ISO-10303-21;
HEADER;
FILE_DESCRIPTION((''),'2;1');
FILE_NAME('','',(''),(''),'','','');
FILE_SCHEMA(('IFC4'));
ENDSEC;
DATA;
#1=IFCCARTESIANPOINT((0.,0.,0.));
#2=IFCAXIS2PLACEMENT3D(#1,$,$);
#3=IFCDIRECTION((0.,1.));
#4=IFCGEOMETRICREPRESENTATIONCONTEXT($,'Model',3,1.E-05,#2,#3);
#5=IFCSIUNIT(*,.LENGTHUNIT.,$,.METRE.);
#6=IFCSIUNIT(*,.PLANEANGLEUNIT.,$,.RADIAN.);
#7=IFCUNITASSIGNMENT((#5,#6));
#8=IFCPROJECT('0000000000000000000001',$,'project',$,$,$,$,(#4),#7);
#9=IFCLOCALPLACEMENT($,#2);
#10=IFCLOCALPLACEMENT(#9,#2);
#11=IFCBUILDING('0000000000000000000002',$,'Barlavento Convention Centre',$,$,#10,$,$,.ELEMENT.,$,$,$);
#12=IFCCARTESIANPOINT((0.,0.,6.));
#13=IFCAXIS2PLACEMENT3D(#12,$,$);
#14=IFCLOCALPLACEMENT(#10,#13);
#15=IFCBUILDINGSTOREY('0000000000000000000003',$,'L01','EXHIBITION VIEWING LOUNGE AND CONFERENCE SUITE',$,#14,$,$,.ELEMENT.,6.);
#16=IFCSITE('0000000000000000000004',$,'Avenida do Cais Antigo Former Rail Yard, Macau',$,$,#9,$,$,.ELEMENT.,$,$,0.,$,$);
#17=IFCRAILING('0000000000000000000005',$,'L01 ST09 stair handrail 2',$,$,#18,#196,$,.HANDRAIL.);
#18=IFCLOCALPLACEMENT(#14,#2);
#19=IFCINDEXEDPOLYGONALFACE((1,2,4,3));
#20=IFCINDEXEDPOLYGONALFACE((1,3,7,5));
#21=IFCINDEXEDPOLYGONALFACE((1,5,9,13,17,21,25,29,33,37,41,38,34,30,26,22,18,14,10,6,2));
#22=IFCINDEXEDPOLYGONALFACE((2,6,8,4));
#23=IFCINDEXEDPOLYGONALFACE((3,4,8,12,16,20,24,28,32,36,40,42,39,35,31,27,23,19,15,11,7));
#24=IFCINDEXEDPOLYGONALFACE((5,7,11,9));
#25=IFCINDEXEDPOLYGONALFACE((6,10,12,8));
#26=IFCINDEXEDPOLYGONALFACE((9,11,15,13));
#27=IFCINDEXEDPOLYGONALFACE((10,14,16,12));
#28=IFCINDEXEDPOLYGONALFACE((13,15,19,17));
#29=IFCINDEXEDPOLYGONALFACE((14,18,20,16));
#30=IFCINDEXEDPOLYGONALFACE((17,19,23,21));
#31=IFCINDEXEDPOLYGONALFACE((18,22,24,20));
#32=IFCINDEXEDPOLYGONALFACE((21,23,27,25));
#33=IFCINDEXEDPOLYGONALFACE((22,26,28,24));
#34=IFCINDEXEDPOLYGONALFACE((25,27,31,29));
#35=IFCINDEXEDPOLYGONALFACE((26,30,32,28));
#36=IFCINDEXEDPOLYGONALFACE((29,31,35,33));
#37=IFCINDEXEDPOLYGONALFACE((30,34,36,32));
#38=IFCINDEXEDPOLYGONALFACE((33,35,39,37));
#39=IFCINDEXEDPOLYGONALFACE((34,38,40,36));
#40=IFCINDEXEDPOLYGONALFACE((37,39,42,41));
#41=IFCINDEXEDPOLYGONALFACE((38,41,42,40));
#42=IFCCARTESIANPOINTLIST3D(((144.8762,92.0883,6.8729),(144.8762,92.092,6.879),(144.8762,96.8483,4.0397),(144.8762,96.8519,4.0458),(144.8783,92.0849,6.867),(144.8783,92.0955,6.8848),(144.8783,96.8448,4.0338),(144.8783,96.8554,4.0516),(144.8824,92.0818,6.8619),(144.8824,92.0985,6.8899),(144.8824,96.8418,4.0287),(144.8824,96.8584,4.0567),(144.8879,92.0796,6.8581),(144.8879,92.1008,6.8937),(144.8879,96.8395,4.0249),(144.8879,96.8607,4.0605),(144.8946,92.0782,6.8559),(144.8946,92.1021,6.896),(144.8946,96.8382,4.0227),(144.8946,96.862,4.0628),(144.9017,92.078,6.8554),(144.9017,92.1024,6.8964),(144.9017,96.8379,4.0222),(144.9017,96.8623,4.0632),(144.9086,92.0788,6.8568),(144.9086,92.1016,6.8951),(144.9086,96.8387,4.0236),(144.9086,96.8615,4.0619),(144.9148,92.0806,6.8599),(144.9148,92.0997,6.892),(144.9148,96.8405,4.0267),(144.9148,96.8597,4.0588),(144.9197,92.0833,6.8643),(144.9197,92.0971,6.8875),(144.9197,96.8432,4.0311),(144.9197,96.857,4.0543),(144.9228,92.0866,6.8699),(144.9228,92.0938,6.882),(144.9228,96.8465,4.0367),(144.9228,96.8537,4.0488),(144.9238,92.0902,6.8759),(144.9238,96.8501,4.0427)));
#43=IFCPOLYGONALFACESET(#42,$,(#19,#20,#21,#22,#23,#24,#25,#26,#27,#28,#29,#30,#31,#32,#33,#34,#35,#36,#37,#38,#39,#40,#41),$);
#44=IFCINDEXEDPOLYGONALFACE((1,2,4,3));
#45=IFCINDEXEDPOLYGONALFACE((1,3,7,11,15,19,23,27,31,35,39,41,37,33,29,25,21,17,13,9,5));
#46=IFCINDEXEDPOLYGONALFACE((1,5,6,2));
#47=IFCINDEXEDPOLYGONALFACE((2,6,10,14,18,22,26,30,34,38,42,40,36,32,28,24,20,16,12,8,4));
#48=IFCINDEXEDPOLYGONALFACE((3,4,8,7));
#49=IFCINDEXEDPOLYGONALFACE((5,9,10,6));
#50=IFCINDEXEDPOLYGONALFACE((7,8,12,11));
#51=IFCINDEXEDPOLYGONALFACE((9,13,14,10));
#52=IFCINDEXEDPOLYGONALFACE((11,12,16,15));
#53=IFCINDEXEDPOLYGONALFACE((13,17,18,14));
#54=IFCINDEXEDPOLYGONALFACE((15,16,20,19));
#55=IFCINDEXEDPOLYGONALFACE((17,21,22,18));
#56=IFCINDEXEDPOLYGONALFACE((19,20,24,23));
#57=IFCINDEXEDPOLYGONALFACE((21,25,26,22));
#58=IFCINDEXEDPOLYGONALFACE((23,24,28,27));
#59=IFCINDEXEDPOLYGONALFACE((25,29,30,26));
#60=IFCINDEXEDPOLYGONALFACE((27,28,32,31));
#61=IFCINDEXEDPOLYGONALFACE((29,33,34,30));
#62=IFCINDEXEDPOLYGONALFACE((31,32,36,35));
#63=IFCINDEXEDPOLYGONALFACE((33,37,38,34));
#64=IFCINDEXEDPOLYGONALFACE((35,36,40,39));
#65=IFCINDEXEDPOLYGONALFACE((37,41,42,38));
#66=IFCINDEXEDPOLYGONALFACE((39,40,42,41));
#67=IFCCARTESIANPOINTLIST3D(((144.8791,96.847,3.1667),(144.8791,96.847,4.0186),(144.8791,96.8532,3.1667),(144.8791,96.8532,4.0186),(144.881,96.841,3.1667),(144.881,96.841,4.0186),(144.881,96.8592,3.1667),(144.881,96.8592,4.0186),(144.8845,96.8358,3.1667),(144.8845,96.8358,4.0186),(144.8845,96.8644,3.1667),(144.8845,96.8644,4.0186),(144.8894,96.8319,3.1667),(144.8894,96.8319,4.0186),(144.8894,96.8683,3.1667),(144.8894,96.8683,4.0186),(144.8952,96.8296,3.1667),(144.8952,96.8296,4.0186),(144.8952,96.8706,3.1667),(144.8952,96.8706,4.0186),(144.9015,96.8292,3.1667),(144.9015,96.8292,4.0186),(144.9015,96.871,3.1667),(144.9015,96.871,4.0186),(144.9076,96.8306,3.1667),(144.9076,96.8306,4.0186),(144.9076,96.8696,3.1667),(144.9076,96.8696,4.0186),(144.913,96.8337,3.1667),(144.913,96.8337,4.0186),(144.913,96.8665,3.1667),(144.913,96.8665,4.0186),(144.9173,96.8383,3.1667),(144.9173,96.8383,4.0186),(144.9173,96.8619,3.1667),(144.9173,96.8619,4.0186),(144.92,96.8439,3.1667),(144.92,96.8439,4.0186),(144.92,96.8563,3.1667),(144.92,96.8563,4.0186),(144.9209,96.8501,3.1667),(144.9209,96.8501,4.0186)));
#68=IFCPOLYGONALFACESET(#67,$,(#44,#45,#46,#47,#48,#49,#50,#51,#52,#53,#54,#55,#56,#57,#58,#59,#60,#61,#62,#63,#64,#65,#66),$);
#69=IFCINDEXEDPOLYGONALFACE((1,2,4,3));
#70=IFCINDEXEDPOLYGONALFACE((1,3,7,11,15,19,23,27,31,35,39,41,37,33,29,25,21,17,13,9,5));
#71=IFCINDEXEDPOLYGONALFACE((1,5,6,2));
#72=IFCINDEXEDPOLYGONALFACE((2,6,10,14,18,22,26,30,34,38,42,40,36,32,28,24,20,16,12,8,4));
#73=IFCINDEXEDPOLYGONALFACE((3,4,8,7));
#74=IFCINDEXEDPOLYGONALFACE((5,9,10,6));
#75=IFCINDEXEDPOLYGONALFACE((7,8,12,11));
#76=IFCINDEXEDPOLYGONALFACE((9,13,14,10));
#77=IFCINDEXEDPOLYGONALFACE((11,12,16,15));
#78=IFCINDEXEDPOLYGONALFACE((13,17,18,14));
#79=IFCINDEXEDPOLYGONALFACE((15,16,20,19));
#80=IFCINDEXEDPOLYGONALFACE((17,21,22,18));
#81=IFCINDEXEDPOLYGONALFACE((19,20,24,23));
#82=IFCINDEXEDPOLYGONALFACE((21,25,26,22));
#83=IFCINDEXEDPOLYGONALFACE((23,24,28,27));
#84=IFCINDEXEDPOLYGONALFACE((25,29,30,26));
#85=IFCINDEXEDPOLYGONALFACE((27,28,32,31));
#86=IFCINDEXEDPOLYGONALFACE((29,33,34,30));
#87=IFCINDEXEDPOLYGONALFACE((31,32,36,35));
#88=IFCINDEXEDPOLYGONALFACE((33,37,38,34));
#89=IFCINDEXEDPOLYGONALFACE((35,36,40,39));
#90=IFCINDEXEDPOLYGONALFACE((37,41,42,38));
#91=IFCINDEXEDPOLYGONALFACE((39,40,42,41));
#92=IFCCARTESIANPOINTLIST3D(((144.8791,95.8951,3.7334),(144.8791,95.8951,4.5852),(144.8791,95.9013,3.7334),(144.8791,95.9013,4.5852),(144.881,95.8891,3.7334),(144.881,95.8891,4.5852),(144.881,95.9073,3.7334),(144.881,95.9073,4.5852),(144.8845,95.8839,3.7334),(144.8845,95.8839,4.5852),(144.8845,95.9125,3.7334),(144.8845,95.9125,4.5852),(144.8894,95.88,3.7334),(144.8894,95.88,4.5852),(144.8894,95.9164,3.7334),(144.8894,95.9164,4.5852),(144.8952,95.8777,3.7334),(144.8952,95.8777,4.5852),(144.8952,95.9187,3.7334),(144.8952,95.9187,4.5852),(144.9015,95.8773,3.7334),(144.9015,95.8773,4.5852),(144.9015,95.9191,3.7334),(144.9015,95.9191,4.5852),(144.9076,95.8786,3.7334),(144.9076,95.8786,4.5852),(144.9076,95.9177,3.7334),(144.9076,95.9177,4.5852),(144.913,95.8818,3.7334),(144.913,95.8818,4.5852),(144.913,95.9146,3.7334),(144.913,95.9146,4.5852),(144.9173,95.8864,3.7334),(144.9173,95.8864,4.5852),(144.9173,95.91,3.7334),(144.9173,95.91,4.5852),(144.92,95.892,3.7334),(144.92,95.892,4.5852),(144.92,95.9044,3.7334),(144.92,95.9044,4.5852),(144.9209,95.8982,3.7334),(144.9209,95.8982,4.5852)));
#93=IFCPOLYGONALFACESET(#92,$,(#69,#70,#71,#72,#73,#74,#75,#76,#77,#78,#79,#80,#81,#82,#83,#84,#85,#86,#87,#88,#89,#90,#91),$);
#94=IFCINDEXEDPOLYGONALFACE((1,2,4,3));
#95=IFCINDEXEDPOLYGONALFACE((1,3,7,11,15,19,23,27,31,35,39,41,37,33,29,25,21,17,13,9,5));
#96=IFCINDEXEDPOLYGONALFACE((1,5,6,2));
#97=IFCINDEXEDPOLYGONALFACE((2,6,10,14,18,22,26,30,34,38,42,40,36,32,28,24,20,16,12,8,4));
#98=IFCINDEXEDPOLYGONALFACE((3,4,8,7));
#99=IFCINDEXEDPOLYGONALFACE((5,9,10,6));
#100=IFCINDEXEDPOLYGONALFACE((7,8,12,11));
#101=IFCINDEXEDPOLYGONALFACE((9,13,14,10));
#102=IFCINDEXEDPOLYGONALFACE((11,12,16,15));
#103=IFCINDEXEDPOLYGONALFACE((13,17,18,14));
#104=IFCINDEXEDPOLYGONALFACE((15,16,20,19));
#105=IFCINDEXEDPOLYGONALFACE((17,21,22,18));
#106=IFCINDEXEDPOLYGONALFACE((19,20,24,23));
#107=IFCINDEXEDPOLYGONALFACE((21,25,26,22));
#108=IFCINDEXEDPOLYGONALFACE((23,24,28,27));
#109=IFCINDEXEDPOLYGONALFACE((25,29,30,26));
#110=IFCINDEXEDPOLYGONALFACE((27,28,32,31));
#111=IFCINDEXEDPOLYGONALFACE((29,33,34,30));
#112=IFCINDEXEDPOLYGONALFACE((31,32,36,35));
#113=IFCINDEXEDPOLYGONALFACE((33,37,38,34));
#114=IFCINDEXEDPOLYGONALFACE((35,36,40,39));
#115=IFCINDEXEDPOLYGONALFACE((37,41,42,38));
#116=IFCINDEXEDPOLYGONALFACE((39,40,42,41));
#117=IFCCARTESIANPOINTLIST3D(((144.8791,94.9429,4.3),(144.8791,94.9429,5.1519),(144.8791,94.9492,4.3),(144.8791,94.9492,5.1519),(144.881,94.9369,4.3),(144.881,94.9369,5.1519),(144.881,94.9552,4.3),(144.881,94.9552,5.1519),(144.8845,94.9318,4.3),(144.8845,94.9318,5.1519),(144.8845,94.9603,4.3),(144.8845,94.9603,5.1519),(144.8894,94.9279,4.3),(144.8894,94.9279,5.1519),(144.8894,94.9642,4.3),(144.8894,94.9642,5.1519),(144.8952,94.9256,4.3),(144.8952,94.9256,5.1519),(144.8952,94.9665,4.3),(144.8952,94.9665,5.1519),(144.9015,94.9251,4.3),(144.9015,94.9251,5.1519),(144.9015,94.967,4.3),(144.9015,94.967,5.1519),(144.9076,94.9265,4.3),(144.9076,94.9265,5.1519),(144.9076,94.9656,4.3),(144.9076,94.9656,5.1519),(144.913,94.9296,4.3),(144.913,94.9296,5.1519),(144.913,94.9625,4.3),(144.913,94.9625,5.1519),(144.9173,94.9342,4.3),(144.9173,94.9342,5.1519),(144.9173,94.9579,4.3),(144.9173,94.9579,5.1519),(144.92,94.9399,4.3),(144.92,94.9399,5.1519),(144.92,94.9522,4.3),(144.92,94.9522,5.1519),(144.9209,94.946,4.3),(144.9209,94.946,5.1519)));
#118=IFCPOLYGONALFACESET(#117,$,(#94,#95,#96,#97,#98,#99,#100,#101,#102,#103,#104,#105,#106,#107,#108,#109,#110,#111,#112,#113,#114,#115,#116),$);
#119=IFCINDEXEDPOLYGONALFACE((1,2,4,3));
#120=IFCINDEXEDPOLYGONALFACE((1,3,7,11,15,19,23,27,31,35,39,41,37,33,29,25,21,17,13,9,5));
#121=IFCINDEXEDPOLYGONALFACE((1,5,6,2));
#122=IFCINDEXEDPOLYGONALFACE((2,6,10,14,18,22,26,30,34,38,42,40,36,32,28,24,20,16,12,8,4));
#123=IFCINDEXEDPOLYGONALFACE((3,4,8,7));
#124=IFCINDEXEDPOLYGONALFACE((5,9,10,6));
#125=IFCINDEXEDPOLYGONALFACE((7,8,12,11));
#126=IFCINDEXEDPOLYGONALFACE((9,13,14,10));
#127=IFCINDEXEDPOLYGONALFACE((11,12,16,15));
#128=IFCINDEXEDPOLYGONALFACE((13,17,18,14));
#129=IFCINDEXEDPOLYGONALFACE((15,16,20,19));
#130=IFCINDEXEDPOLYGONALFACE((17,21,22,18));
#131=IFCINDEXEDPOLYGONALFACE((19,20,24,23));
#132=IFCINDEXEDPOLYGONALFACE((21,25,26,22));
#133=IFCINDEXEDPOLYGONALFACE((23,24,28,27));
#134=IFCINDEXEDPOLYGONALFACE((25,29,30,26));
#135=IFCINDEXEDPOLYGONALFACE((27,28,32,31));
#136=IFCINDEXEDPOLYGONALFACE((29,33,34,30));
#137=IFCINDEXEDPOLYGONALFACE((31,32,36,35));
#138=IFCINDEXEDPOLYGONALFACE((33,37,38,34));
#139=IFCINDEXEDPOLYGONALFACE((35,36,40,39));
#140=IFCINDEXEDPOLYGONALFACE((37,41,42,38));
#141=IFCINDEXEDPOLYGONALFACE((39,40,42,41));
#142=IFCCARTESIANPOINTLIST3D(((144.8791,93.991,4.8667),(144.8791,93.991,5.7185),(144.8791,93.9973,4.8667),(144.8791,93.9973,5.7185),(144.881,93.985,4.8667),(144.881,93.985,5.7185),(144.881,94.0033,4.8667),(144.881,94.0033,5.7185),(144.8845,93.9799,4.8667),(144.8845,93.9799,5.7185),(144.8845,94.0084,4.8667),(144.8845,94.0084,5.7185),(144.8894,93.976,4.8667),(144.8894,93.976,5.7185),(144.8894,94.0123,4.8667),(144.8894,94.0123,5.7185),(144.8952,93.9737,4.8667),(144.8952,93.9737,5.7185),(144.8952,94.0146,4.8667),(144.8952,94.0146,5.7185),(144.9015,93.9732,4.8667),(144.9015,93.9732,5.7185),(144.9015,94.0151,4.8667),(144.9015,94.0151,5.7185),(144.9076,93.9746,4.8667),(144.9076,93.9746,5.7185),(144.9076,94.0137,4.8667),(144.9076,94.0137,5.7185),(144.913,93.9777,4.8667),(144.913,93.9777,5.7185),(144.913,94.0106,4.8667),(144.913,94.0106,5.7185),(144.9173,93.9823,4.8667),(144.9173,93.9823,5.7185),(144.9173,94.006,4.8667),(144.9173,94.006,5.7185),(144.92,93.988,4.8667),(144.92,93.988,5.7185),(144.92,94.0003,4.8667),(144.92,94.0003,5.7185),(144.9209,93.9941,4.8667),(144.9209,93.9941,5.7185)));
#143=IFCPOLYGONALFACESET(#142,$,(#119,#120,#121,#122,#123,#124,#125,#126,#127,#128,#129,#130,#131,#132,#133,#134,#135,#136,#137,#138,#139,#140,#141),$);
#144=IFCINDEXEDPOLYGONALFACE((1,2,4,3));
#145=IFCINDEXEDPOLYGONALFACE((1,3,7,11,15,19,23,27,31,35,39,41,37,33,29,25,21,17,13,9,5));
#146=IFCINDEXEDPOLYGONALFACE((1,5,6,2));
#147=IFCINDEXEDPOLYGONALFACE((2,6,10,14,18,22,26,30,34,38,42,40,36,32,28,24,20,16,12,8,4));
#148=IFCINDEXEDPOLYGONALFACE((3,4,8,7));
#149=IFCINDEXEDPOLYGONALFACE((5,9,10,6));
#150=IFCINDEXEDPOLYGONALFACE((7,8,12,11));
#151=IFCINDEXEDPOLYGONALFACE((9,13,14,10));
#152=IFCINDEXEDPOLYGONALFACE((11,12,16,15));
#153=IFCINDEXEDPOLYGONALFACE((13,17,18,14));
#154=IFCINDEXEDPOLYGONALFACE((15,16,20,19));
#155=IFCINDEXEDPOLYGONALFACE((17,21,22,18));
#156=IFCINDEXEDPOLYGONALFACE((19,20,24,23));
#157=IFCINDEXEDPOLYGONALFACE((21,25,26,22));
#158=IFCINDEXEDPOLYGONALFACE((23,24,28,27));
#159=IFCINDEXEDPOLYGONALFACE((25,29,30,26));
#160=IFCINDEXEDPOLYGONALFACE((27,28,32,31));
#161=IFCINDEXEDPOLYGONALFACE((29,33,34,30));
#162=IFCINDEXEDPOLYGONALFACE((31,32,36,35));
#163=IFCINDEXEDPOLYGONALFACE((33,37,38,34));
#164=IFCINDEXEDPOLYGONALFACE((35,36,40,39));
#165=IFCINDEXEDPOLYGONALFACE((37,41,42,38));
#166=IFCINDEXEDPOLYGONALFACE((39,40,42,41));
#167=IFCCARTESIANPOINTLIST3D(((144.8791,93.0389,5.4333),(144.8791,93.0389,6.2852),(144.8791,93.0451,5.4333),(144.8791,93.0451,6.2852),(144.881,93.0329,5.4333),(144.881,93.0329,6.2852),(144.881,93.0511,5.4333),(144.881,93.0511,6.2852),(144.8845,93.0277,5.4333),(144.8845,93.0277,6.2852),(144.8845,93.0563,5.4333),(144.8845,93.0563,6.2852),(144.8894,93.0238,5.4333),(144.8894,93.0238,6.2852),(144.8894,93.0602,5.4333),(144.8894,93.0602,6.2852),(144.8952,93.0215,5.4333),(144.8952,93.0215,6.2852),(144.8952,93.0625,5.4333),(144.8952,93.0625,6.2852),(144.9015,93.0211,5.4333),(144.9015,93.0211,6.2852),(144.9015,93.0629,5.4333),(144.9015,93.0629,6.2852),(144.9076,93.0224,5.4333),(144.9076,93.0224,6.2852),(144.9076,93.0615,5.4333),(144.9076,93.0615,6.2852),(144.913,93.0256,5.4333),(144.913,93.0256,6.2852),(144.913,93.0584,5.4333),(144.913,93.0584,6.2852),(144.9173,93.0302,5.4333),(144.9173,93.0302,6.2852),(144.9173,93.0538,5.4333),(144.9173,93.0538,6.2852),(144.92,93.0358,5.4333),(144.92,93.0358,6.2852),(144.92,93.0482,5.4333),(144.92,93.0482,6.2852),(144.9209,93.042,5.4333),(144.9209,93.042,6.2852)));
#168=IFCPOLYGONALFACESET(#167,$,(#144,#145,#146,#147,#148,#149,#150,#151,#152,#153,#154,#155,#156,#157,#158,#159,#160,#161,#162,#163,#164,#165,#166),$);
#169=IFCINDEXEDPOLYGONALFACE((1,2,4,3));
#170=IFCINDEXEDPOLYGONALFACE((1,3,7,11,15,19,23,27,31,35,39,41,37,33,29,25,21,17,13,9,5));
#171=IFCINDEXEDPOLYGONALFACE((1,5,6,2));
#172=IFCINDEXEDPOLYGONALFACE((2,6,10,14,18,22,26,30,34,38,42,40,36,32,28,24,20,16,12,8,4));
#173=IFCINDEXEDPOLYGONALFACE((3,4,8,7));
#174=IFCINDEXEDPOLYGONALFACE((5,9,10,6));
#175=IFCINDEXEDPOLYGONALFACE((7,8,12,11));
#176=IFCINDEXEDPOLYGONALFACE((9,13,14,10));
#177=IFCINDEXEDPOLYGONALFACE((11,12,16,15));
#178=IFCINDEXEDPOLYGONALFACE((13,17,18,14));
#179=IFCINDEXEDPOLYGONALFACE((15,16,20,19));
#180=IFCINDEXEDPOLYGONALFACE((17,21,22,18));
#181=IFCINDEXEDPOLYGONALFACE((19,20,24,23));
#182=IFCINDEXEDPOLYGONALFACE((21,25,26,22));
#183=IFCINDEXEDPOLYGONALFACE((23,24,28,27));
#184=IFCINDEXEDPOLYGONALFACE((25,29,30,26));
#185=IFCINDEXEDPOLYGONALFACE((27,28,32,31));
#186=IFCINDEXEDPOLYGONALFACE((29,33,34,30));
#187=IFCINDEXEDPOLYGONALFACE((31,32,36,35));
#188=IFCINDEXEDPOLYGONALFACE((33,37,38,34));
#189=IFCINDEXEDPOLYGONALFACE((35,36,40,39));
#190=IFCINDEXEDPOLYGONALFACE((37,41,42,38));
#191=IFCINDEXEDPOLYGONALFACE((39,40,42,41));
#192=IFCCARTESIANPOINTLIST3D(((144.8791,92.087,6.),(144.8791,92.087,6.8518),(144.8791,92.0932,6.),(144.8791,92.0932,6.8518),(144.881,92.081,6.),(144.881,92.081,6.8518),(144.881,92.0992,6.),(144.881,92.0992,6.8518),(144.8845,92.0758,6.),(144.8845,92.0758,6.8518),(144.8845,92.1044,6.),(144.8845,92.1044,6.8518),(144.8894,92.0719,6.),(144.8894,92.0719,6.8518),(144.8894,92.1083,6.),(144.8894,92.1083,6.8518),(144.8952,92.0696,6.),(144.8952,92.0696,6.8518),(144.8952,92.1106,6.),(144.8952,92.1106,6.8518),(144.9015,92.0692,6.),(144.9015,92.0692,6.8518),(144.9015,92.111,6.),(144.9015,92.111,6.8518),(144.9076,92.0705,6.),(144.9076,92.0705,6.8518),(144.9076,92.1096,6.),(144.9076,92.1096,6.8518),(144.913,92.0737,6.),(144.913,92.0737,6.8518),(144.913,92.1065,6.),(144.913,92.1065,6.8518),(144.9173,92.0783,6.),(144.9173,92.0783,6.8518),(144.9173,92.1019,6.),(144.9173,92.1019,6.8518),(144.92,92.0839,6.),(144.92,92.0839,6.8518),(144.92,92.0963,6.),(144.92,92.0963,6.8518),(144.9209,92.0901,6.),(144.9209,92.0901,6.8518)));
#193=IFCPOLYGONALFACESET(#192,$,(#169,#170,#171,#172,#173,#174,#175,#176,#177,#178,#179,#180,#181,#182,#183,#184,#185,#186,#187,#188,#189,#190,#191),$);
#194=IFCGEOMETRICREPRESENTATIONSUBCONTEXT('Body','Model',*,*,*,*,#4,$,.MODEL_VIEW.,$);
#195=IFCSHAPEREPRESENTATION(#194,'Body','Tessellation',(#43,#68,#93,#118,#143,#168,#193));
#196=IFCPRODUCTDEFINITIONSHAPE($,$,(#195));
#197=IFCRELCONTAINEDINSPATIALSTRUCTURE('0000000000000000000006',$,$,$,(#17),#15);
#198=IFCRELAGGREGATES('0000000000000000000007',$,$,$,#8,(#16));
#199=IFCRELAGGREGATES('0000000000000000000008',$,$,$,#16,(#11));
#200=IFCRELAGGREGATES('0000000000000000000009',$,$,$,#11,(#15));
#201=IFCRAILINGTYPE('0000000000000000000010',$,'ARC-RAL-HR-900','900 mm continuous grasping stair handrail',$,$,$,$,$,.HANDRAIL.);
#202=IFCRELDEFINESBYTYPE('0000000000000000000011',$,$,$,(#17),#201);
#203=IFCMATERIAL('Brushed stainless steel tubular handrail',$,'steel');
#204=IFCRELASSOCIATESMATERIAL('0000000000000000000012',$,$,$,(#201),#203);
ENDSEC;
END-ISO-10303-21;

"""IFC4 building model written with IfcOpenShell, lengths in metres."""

from ifc_helpers import new_model, si_unit, direction, frame, origin, origin_2d, place, context, subcontext, project, spatial, circle, extrude, material, type_object, element, save


model = new_model("IFC4")

# Units and contexts
model_context = context("Model", 3, precision=1e-05, world=origin(), true_north=direction((0.0, 1.0)))
body_context = subcontext(model_context, "Body", "Model", "MODEL_VIEW")
ifc_project = project(units=[si_unit("LENGTHUNIT", "METRE"), si_unit("PLANEANGLEUNIT", "RADIAN")], contexts=[model_context])

# Site, building, storey
site_placement = place(None, origin())
site = spatial("IfcSite", under=ifc_project, at=site_placement, Name="Avenida do Cais Antigo Former Rail Yard, Macau", CompositionType="ELEMENT", RefElevation=0.0)
building_placement = place(site_placement, origin())
building = spatial("IfcBuilding", under=site, at=building_placement, Name="Barlavento Convention Centre", CompositionType="ELEMENT")
storey_placement = place(building_placement, frame((0.0, 0.0, 6.0)))
storey = spatial("IfcBuildingStorey", under=building, at=storey_placement, Name="L01", Description="EXHIBITION VIEWING LOUNGE AND CONFERENCE SUITE", CompositionType="ELEMENT", Elevation=6.0)

# Railing
ifc_material_1 = material(Name="Brushed stainless steel tubular handrail", Category="steel")
railing_type_1 = type_object("IfcRailingType", Name="ARC-RAL-HR-900", Description="900 mm continuous grasping stair handrail", PredefinedType="HANDRAIL", material=ifc_material_1)
railing_1_placement = place(storey_placement, frame((144.8999, 96.8501, 3.1667)))
element("IfcRailing", 1, at=railing_1_placement, inside=storey, type_object=railing_type_1, Name="L01 ST09 stair handrail 2", PredefinedType="HANDRAIL", context=body_context, shape_type="SweptSolid", body=[
    extrude(circle(Radius=0.0239, at=origin_2d()), frame((0.0, 0.0, 0.876), z_axis=(0.0, -0.8593, 0.511472), x_axis=(1.0, 0.0, 0.0)), (0.0, 0.0, 1.0), 5.5393),
    extrude(circle(Radius=0.021, at=origin_2d()), origin(), (0.0, 0.0, 1.0), 0.8518),
    extrude(circle(Radius=0.021, at=origin_2d()), frame((0.0, -0.9519, 0.5667)), (0.0, 0.0, 1.0), 0.8518),
    extrude(circle(Radius=0.021, at=origin_2d()), frame((0.0, -1.9041, 1.1333)), (0.0, 0.0, 1.0), 0.8518),
    extrude(circle(Radius=0.021, at=origin_2d()), frame((0.0, -2.856, 1.7)), (0.0, 0.0, 1.0), 0.8518),
    extrude(circle(Radius=0.021, at=origin_2d()), frame((0.0, -3.8081, 2.2666)), (0.0, 0.0, 1.0), 0.8518),
    extrude(circle(Radius=0.021, at=origin_2d()), frame((0.0, -4.76, 2.8333)), (0.0, 0.0, 1.0), 0.8518),
])

save(model, "model.ifc")
